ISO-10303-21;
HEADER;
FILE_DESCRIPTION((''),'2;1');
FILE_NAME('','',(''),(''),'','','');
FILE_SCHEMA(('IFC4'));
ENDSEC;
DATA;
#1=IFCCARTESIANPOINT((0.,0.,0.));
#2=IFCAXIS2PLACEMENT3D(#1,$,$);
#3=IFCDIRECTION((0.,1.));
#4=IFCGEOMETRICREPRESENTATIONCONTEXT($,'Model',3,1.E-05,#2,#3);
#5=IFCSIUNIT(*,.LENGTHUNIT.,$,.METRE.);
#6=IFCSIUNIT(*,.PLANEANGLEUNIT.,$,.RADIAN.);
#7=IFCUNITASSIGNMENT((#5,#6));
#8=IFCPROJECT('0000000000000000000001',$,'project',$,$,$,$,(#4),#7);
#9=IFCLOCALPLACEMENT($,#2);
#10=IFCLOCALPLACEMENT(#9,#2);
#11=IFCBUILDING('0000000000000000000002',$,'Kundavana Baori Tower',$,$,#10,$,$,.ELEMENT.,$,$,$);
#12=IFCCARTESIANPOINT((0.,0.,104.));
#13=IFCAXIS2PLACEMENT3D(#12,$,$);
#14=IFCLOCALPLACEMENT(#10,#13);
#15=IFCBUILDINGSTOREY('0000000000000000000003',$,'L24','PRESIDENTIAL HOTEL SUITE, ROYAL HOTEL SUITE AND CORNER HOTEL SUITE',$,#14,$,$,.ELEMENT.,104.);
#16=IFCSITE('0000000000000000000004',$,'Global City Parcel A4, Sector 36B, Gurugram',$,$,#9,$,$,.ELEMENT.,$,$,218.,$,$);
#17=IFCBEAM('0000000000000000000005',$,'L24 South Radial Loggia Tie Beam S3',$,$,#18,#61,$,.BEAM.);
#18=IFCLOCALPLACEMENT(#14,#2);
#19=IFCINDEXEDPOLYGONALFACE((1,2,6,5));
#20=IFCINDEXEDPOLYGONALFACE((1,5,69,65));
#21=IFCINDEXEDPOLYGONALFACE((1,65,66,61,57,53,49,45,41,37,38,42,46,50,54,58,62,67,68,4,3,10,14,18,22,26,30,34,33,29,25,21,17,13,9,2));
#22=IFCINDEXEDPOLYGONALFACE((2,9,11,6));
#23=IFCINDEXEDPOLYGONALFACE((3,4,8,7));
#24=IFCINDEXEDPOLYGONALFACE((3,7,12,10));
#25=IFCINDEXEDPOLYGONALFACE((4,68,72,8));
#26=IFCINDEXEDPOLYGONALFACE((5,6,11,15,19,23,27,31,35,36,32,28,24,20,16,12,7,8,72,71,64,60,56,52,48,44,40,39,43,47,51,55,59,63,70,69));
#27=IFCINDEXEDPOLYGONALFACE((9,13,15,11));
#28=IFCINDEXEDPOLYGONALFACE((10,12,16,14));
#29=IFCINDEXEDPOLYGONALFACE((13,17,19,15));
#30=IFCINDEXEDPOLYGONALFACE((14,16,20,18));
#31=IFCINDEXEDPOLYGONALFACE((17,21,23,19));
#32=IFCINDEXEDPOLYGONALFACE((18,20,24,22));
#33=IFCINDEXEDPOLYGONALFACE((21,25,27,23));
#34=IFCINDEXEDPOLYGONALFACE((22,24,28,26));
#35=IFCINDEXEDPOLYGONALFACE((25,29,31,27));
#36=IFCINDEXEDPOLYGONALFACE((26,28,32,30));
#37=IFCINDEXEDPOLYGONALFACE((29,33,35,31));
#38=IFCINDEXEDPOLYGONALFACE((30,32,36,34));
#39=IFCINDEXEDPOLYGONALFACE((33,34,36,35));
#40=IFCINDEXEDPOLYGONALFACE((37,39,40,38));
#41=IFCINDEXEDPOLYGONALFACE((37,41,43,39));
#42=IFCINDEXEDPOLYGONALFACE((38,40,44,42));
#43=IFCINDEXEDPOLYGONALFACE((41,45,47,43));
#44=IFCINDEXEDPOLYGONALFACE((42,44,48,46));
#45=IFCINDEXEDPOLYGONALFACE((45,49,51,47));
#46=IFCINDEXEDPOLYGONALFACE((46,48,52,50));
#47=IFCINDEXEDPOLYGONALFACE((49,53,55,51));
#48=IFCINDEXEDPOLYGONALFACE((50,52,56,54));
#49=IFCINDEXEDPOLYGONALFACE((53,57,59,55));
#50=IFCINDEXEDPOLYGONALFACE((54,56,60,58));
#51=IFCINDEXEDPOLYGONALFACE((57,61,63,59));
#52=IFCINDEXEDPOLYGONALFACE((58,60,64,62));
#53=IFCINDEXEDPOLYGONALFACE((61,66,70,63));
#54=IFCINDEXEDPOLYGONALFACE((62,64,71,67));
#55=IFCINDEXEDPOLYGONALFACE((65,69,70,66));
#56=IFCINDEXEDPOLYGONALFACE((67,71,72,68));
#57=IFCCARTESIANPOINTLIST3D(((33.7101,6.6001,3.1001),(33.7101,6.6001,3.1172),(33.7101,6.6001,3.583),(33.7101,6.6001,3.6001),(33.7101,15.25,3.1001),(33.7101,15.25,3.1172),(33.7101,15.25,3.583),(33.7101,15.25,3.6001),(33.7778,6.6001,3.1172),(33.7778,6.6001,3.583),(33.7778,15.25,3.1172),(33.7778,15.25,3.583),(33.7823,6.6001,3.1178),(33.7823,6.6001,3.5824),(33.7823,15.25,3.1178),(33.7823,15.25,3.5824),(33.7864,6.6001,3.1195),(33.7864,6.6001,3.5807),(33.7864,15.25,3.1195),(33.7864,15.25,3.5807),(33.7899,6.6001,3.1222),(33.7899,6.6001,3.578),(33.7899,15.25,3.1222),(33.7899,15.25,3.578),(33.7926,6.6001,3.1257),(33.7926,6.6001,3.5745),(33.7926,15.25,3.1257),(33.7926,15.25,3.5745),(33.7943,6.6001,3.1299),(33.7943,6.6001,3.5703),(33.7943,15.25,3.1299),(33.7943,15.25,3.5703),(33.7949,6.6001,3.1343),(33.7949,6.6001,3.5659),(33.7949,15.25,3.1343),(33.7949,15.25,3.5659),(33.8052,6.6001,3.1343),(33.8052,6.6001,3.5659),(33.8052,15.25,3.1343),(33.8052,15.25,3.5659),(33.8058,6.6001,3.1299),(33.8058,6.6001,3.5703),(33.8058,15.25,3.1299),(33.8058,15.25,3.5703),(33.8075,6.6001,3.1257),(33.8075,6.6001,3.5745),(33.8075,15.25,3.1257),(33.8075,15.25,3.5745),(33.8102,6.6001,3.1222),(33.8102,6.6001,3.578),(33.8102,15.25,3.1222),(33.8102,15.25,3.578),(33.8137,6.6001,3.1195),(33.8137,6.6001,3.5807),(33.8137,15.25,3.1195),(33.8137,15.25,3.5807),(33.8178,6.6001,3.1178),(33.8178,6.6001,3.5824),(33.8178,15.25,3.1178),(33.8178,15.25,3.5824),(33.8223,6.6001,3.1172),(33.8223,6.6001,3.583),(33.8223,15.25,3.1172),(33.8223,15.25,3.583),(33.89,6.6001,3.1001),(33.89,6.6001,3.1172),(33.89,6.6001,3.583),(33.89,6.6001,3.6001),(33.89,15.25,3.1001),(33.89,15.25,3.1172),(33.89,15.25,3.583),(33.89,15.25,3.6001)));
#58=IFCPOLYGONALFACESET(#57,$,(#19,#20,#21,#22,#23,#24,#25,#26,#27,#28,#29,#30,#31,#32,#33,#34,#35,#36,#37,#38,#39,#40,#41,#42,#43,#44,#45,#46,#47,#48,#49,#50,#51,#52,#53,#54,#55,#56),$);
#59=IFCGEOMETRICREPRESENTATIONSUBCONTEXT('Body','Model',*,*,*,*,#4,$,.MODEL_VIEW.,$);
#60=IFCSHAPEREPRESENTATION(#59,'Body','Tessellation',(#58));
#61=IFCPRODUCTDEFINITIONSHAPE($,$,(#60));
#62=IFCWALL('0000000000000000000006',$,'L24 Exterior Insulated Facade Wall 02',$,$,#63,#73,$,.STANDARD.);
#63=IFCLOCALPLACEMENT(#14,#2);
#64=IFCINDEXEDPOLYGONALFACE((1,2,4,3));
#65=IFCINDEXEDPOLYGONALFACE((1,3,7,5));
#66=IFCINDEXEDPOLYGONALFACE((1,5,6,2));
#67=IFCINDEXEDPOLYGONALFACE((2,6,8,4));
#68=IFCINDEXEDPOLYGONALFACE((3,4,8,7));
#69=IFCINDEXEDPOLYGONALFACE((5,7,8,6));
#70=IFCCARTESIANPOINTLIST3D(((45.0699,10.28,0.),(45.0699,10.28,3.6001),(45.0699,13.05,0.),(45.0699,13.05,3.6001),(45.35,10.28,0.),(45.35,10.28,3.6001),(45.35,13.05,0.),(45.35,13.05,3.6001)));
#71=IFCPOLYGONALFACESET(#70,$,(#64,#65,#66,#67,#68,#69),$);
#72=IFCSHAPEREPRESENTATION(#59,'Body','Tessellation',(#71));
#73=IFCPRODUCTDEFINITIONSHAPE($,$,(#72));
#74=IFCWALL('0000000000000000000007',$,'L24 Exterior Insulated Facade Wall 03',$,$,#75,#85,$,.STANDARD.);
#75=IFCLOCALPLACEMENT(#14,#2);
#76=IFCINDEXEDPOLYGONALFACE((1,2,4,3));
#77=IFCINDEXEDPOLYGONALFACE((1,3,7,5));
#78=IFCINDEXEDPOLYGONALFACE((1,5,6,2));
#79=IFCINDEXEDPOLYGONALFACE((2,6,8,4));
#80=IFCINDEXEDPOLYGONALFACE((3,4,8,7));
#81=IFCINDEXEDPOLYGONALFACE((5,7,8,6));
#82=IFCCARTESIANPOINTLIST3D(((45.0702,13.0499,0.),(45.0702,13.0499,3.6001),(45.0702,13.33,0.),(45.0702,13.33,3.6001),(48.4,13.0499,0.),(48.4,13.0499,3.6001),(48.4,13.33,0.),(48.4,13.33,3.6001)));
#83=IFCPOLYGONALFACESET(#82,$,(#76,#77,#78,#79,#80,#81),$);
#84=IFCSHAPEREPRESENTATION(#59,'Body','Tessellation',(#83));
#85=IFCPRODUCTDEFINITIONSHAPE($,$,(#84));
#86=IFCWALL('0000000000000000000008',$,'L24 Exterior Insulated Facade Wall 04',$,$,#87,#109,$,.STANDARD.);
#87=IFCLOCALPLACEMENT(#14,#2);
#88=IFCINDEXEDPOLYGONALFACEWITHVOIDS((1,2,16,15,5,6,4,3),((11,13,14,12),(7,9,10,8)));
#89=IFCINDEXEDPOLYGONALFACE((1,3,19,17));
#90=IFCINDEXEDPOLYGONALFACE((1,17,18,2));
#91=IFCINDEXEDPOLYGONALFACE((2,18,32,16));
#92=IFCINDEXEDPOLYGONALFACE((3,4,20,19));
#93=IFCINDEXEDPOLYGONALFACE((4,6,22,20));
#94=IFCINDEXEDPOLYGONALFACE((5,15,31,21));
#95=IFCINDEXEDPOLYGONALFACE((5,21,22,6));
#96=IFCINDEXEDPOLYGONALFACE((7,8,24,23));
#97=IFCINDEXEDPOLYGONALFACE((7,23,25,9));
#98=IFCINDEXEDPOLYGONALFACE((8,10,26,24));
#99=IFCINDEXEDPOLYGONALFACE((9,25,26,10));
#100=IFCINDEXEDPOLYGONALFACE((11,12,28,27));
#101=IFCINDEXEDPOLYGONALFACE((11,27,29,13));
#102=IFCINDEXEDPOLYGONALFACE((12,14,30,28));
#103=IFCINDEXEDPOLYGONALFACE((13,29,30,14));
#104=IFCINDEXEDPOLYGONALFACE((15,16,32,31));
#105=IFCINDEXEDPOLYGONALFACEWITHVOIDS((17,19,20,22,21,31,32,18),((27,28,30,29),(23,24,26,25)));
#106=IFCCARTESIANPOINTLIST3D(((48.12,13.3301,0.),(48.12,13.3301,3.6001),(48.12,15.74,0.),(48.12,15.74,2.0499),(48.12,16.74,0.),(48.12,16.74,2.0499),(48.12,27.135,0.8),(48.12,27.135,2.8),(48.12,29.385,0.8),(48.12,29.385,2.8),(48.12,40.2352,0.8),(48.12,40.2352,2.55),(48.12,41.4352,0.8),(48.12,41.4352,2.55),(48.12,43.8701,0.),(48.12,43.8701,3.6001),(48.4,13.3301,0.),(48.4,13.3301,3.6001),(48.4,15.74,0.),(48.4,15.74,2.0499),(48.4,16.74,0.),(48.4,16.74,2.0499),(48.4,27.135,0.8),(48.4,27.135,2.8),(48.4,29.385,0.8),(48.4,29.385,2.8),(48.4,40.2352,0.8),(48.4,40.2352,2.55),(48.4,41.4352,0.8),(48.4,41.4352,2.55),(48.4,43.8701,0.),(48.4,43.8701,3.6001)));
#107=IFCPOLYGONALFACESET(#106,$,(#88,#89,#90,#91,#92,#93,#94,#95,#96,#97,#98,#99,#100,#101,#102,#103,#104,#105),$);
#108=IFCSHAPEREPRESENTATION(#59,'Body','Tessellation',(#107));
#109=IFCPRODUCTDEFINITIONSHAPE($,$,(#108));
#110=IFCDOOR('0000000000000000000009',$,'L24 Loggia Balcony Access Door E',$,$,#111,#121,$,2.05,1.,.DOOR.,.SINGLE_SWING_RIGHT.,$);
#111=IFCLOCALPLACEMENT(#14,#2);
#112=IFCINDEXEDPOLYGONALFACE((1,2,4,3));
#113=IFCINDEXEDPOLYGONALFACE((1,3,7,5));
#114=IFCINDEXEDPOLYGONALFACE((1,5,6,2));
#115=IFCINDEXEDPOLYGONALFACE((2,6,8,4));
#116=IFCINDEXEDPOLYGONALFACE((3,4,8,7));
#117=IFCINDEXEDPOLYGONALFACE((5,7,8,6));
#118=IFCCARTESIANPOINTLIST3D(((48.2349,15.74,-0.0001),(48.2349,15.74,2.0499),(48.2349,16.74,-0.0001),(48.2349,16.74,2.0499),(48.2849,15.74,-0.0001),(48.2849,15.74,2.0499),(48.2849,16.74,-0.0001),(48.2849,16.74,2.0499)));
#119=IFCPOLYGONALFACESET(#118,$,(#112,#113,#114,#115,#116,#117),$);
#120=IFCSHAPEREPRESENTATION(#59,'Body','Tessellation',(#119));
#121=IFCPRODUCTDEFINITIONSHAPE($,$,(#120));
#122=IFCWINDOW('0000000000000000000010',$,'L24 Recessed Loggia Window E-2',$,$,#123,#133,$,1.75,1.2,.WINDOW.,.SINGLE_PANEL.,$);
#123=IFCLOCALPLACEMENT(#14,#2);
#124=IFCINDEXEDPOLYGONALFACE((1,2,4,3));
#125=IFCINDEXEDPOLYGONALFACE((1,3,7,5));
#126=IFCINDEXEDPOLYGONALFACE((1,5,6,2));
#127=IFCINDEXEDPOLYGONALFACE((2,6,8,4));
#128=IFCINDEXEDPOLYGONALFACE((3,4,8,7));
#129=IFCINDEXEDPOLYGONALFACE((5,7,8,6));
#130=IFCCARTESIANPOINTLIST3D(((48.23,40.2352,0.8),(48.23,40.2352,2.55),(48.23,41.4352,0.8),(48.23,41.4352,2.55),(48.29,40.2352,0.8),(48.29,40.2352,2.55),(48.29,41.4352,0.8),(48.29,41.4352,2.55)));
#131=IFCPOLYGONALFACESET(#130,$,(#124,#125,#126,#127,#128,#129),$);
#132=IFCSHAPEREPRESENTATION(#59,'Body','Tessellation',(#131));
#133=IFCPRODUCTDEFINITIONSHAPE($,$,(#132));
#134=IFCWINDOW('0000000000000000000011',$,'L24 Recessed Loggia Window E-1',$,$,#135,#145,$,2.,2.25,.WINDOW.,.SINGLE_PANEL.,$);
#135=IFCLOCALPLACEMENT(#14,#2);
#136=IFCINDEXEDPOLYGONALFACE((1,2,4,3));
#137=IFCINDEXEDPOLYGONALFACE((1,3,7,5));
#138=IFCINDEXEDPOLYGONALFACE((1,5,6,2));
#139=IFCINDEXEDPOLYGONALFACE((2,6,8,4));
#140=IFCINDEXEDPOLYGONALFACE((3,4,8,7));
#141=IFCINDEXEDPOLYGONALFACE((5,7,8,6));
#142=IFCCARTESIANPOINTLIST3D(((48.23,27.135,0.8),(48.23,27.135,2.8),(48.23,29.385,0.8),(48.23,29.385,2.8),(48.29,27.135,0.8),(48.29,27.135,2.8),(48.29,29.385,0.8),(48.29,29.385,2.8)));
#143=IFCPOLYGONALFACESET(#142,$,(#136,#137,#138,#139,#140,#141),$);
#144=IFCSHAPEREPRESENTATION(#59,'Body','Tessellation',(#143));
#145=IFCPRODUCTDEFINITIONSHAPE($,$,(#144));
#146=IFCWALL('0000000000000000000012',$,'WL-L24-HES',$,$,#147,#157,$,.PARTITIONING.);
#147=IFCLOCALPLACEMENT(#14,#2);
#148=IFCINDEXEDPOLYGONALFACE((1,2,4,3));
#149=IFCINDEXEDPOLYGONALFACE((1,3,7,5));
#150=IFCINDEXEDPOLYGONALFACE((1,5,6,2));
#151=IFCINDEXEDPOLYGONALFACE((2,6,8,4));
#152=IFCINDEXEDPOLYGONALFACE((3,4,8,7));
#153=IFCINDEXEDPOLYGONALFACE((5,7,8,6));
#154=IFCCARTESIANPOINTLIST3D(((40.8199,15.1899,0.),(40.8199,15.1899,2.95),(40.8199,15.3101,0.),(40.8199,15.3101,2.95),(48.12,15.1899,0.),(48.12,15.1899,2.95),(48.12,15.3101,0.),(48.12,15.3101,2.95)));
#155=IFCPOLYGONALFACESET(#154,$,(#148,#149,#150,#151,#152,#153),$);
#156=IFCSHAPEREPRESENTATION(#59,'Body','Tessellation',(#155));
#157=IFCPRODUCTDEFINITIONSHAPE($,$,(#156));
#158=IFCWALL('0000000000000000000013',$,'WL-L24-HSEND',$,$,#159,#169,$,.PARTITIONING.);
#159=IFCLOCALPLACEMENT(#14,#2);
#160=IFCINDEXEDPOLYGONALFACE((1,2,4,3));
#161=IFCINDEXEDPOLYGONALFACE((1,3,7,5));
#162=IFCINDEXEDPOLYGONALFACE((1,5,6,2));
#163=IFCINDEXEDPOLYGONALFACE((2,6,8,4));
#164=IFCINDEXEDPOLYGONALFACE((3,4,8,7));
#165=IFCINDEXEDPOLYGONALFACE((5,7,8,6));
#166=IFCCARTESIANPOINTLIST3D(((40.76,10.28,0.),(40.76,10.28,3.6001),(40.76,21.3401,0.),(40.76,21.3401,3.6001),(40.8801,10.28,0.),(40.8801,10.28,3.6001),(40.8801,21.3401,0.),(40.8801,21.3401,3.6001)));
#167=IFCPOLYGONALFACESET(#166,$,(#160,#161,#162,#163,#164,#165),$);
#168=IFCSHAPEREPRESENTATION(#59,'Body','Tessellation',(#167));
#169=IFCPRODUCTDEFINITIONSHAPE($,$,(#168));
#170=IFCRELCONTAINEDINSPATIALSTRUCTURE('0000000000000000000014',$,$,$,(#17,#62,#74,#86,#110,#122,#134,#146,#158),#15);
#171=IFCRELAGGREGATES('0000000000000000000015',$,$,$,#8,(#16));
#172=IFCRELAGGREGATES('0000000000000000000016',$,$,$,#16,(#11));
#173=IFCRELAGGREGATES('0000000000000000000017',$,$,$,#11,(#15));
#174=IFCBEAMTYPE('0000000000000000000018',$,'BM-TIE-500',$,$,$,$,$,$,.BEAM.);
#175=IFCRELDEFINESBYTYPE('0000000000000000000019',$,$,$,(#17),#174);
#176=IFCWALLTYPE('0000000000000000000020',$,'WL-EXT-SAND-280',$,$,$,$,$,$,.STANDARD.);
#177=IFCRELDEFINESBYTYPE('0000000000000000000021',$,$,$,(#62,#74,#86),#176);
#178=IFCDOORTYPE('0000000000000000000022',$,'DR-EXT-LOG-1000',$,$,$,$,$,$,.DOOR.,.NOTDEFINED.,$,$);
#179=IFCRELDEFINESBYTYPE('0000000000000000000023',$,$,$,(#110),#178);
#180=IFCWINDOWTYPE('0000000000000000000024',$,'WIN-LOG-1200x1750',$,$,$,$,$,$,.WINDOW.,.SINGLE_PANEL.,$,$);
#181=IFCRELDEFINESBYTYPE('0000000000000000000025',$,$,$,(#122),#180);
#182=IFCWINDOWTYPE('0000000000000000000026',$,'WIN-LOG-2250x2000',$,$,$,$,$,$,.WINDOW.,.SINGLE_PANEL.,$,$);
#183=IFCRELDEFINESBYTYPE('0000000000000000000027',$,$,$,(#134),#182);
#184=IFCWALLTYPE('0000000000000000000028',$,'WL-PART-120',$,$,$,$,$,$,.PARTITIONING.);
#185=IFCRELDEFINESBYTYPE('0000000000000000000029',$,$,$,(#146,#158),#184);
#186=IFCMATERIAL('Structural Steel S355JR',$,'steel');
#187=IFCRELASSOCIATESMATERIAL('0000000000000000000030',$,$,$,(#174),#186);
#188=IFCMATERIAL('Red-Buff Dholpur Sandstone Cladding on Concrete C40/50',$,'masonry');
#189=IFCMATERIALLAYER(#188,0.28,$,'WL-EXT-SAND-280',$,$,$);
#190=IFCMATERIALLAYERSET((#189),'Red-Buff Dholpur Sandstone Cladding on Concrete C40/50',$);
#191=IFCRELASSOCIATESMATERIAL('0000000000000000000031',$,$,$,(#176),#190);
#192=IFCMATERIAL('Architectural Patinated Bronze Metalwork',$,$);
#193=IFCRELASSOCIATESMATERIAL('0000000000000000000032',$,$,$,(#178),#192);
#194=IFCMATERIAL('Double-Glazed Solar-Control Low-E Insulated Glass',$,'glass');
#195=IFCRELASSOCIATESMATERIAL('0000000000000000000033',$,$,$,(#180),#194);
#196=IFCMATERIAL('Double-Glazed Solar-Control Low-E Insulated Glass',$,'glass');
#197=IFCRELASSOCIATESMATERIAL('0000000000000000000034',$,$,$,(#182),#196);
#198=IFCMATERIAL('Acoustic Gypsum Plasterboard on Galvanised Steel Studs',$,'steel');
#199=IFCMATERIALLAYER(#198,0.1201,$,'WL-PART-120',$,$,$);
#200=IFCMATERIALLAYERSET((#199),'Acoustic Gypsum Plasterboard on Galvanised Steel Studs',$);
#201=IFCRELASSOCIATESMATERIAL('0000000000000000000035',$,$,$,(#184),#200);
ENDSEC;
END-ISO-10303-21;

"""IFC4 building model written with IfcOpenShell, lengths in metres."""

from ifc_helpers import new_model, si_unit, direction, frame, frame_2d, origin, origin_2d, place, context, subcontext, project, spatial, rectangle, i_section, extrude, material, layer, layer_set, material_profile, profile_set, type_object, element, fill, save


model = new_model("IFC4")

# Units and contexts
model_context = context("Model", 3, precision=1e-05, world=origin(), true_north=direction((0.0, 1.0)))
body_context = subcontext(model_context, "Body", "Model", "MODEL_VIEW")
ifc_project = project(units=[si_unit("LENGTHUNIT", "METRE"), si_unit("PLANEANGLEUNIT", "RADIAN")], contexts=[model_context])

# Site, building, storey
site_placement = place(None, origin())
site = spatial("IfcSite", under=ifc_project, at=site_placement, Name="Global City Parcel A4, Sector 36B, Gurugram", CompositionType="ELEMENT", RefElevation=218.0)
building_placement = place(site_placement, origin())
building = spatial("IfcBuilding", under=site, at=building_placement, Name="Kundavana Baori Tower", CompositionType="ELEMENT")
storey_placement = place(building_placement, frame((0.0, 0.0, 104.0)))
storey = spatial("IfcBuildingStorey", under=building, at=storey_placement, Name="L24", Description="PRESIDENTIAL HOTEL SUITE, ROYAL HOTEL SUITE AND CORNER HOTEL SUITE", CompositionType="ELEMENT", Elevation=104.0)

# Beam
ifc_material_1 = material(Name="Structural Steel S355JR", Category="steel")
ifc_material_profile_1 = material_profile(ifc_material_1, i_section(OverallWidth=0.1799, OverallDepth=0.5, WebThickness=0.0103, FlangeThickness=0.0171, FilletRadius=0.0171, at=origin_2d()), Name="ISMB 500")
ifc_profile_set_1 = profile_set([ifc_material_profile_1], Name="Structural Steel S355JR")
beam_type_1 = type_object("IfcBeamType", Name="BM-TIE-500", PredefinedType="BEAM", material=ifc_profile_set_1)
beam_1_placement = place(storey_placement, frame((33.8, 15.25, 3.3501), z_axis=(0.0, -1.0, 0.0), x_axis=(1.0, 0.0, 0.0)))
element("IfcBeam", 1, at=beam_1_placement, inside=storey, type_object=beam_type_1, Name="L24 South Radial Loggia Tie Beam S3", PredefinedType="BEAM", context=body_context, shape_type="SweptSolid", body=[
    extrude(i_section(OverallWidth=0.1799, OverallDepth=0.5, WebThickness=0.0103, FlangeThickness=0.0171, FilletRadius=0.0171, at=origin_2d()), origin(), (0.0, 0.0, 1.0), 8.6499),
])

# Walls
ifc_material_2 = material(Name="Red-Buff Dholpur Sandstone Cladding on Concrete C40/50", Category="masonry")
ifc_layer_1 = layer(ifc_material_2, 0.28, Name="WL-EXT-SAND-280")
ifc_layer_set_1 = layer_set([ifc_layer_1], Name="Red-Buff Dholpur Sandstone Cladding on Concrete C40/50")
wall_type_1 = type_object("IfcWallType", Name="WL-EXT-SAND-280", PredefinedType="STANDARD", material=ifc_layer_set_1)
wall_1_placement = place(storey_placement, frame((45.21, 10.28, 0.0), z_axis=(0.0, 0.0, 1.0), x_axis=(0.0, 1.0, 0.0)))
element("IfcWall", 2, at=wall_1_placement, inside=storey, type_object=wall_type_1, Name="L24 Exterior Insulated Facade Wall 02", PredefinedType="STANDARD", context=body_context, shape_type="SweptSolid", body=[
    extrude(rectangle(XDim=2.77, YDim=0.28, at=frame_2d((1.385, 0.0))), origin(), (0.0, 0.0, 1.0), 3.6001),
])
wall_2_placement = place(storey_placement, frame((45.0701, 13.1899, 0.0), z_axis=(0.0, 0.0, 1.0), x_axis=(1.0, 0.0, 0.0)))
element("IfcWall", 3, at=wall_2_placement, inside=storey, type_object=wall_type_1, Name="L24 Exterior Insulated Facade Wall 03", PredefinedType="STANDARD", context=body_context, shape_type="SweptSolid", body=[
    extrude(rectangle(XDim=3.3298, YDim=0.28, at=frame_2d((1.665, 0.0))), origin(), (0.0, 0.0, 1.0), 3.6001),
])

# Wall, openings, door, windows
wall_3_placement = place(storey_placement, frame((48.26, 13.3301, 0.0), z_axis=(0.0, 0.0, 1.0), x_axis=(0.0, 1.0, 0.0)))
wall_3 = element("IfcWall", 4, at=wall_3_placement, inside=storey, type_object=wall_type_1, Name="L24 Exterior Insulated Facade Wall 04", PredefinedType="STANDARD", context=body_context, shape_type="SweptSolid", body=[
    extrude(rectangle(XDim=30.54, YDim=0.28, at=frame_2d((15.27, 0.0))), origin(), (0.0, 0.0, 1.0), 3.6001),
])
opening_1_placement = place(wall_3_placement, frame((2.4099, 0.0, 0.0)))
opening_1 = element("IfcOpeningElement", 5, at=opening_1_placement, cuts=wall_3, PredefinedType="OPENING", context=body_context, shape_type="SweptSolid", body=[
    extrude(rectangle(XDim=1.0, YDim=2.05, at=frame_2d((0.5, 1.0249))), frame((0.0, 0.1499, 0.0), z_axis=(0.0, -1.0, 0.0), x_axis=(1.0, 0.0, 0.0)), (0.0, 0.0, 1.0), 0.3),
])
opening_2_placement = place(wall_3_placement, frame((13.8049, 0.0, 0.8)))
opening_2 = element("IfcOpeningElement", 6, at=opening_2_placement, cuts=wall_3, PredefinedType="OPENING", context=body_context, shape_type="SweptSolid", body=[
    extrude(rectangle(XDim=2.25, YDim=2.0, at=frame_2d((1.125, 1.0))), frame((0.0, 0.1499, 0.0), z_axis=(0.0, -1.0, 0.0), x_axis=(1.0, 0.0, 0.0)), (0.0, 0.0, 1.0), 0.3),
])
opening_3_placement = place(wall_3_placement, frame((26.905, 0.0, 0.8)))
opening_3 = element("IfcOpeningElement", 7, at=opening_3_placement, cuts=wall_3, PredefinedType="OPENING", context=body_context, shape_type="SweptSolid", body=[
    extrude(rectangle(XDim=1.2, YDim=1.75, at=frame_2d((0.6001, 0.875))), frame((0.0, 0.1499, 0.0), z_axis=(0.0, -1.0, 0.0), x_axis=(1.0, 0.0, 0.0)), (0.0, 0.0, 1.0), 0.3),
])
ifc_material_3 = material(Name="Architectural Patinated Bronze Metalwork")
door_type_1 = type_object("IfcDoorType", Name="DR-EXT-LOG-1000", OperationType="NOTDEFINED", PredefinedType="DOOR", material=ifc_material_3)
door_1_placement = place(opening_1_placement, frame((1.0, 0.0, 0.0), z_axis=(0.0, 0.0, 1.0), x_axis=(-1.0, 0.0, 0.0)))
door_1 = element("IfcDoor", 8, at=door_1_placement, inside=storey, type_object=door_type_1, Name="L24 Loggia Balcony Access Door E", OperationType="SINGLE_SWING_RIGHT", OverallHeight=2.05, OverallWidth=1.0, PredefinedType="DOOR", context=body_context, shape_type="SweptSolid", body=[
    extrude(rectangle(XDim=1.0, YDim=2.05, at=frame_2d((0.5, 1.0249))), frame((0.0, 0.0249, 0.0), z_axis=(0.0, -1.0, 0.0), x_axis=(1.0, 0.0, 0.0)), (0.0, 0.0, 1.0), 0.05),
])
fill(opening_1, door_1)
ifc_material_4 = material(Name="Double-Glazed Solar-Control Low-E Insulated Glass", Category="glass")
window_type_1 = type_object("IfcWindowType", Name="WIN-LOG-1200x1750", PartitioningType="SINGLE_PANEL", PredefinedType="WINDOW", material=ifc_material_4)
window_1_placement = place(opening_3_placement, origin())
window_1 = element("IfcWindow", 9, at=window_1_placement, inside=storey, type_object=window_type_1, Name="L24 Recessed Loggia Window E-2", OverallHeight=1.75, OverallWidth=1.2, PartitioningType="SINGLE_PANEL", PredefinedType="WINDOW", context=body_context, shape_type="SweptSolid", body=[
    extrude(rectangle(XDim=1.2, YDim=1.75, at=frame_2d((0.6001, 0.875))), frame((0.0, 0.03, 0.0), z_axis=(0.0, -1.0, 0.0), x_axis=(1.0, 0.0, 0.0)), (0.0, 0.0, 1.0), 0.0601),
])
fill(opening_3, window_1)
ifc_material_5 = material(Name="Double-Glazed Solar-Control Low-E Insulated Glass", Category="glass")
window_type_2 = type_object("IfcWindowType", Name="WIN-LOG-2250x2000", PartitioningType="SINGLE_PANEL", PredefinedType="WINDOW", material=ifc_material_5)
window_2_placement = place(opening_2_placement, origin())
window_2 = element("IfcWindow", 10, at=window_2_placement, inside=storey, type_object=window_type_2, Name="L24 Recessed Loggia Window E-1", OverallHeight=2.0, OverallWidth=2.25, PartitioningType="SINGLE_PANEL", PredefinedType="WINDOW", context=body_context, shape_type="SweptSolid", body=[
    extrude(rectangle(XDim=2.25, YDim=2.0, at=frame_2d((1.125, 1.0))), frame((0.0, 0.03, 0.0), z_axis=(0.0, -1.0, 0.0), x_axis=(1.0, 0.0, 0.0)), (0.0, 0.0, 1.0), 0.0601),
])
fill(opening_2, window_2)

# Walls
ifc_material_6 = material(Name="Acoustic Gypsum Plasterboard on Galvanised Steel Studs", Category="steel")
ifc_layer_2 = layer(ifc_material_6, 0.1201, Name="WL-PART-120")
ifc_layer_set_2 = layer_set([ifc_layer_2], Name="Acoustic Gypsum Plasterboard on Galvanised Steel Studs")
wall_type_2 = type_object("IfcWallType", Name="WL-PART-120", PredefinedType="PARTITIONING", material=ifc_layer_set_2)
wall_4_placement = place(storey_placement, frame((40.8201, 15.25, 0.0), z_axis=(0.0, 0.0, 1.0), x_axis=(1.0, 0.0, 0.0)))
element("IfcWall", 11, at=wall_4_placement, inside=storey, type_object=wall_type_2, Name="WL-L24-HES", PredefinedType="PARTITIONING", context=body_context, shape_type="SweptSolid", body=[
    extrude(rectangle(XDim=7.3, YDim=0.1201, at=frame_2d((3.6499, 0.0))), origin(), (0.0, 0.0, 1.0), 2.95),
])
wall_5_placement = place(storey_placement, frame((40.8201, 10.28, 0.0), z_axis=(0.0, 0.0, 1.0), x_axis=(0.0, 1.0, 0.0)))
element("IfcWall", 12, at=wall_5_placement, inside=storey, type_object=wall_type_2, Name="WL-L24-HSEND", PredefinedType="PARTITIONING", context=body_context, shape_type="SweptSolid", body=[
    extrude(rectangle(XDim=11.0601, YDim=0.1201, at=frame_2d((5.53, 0.0))), origin(), (0.0, 0.0, 1.0), 3.6001),
])

save(model, "model.ifc")
